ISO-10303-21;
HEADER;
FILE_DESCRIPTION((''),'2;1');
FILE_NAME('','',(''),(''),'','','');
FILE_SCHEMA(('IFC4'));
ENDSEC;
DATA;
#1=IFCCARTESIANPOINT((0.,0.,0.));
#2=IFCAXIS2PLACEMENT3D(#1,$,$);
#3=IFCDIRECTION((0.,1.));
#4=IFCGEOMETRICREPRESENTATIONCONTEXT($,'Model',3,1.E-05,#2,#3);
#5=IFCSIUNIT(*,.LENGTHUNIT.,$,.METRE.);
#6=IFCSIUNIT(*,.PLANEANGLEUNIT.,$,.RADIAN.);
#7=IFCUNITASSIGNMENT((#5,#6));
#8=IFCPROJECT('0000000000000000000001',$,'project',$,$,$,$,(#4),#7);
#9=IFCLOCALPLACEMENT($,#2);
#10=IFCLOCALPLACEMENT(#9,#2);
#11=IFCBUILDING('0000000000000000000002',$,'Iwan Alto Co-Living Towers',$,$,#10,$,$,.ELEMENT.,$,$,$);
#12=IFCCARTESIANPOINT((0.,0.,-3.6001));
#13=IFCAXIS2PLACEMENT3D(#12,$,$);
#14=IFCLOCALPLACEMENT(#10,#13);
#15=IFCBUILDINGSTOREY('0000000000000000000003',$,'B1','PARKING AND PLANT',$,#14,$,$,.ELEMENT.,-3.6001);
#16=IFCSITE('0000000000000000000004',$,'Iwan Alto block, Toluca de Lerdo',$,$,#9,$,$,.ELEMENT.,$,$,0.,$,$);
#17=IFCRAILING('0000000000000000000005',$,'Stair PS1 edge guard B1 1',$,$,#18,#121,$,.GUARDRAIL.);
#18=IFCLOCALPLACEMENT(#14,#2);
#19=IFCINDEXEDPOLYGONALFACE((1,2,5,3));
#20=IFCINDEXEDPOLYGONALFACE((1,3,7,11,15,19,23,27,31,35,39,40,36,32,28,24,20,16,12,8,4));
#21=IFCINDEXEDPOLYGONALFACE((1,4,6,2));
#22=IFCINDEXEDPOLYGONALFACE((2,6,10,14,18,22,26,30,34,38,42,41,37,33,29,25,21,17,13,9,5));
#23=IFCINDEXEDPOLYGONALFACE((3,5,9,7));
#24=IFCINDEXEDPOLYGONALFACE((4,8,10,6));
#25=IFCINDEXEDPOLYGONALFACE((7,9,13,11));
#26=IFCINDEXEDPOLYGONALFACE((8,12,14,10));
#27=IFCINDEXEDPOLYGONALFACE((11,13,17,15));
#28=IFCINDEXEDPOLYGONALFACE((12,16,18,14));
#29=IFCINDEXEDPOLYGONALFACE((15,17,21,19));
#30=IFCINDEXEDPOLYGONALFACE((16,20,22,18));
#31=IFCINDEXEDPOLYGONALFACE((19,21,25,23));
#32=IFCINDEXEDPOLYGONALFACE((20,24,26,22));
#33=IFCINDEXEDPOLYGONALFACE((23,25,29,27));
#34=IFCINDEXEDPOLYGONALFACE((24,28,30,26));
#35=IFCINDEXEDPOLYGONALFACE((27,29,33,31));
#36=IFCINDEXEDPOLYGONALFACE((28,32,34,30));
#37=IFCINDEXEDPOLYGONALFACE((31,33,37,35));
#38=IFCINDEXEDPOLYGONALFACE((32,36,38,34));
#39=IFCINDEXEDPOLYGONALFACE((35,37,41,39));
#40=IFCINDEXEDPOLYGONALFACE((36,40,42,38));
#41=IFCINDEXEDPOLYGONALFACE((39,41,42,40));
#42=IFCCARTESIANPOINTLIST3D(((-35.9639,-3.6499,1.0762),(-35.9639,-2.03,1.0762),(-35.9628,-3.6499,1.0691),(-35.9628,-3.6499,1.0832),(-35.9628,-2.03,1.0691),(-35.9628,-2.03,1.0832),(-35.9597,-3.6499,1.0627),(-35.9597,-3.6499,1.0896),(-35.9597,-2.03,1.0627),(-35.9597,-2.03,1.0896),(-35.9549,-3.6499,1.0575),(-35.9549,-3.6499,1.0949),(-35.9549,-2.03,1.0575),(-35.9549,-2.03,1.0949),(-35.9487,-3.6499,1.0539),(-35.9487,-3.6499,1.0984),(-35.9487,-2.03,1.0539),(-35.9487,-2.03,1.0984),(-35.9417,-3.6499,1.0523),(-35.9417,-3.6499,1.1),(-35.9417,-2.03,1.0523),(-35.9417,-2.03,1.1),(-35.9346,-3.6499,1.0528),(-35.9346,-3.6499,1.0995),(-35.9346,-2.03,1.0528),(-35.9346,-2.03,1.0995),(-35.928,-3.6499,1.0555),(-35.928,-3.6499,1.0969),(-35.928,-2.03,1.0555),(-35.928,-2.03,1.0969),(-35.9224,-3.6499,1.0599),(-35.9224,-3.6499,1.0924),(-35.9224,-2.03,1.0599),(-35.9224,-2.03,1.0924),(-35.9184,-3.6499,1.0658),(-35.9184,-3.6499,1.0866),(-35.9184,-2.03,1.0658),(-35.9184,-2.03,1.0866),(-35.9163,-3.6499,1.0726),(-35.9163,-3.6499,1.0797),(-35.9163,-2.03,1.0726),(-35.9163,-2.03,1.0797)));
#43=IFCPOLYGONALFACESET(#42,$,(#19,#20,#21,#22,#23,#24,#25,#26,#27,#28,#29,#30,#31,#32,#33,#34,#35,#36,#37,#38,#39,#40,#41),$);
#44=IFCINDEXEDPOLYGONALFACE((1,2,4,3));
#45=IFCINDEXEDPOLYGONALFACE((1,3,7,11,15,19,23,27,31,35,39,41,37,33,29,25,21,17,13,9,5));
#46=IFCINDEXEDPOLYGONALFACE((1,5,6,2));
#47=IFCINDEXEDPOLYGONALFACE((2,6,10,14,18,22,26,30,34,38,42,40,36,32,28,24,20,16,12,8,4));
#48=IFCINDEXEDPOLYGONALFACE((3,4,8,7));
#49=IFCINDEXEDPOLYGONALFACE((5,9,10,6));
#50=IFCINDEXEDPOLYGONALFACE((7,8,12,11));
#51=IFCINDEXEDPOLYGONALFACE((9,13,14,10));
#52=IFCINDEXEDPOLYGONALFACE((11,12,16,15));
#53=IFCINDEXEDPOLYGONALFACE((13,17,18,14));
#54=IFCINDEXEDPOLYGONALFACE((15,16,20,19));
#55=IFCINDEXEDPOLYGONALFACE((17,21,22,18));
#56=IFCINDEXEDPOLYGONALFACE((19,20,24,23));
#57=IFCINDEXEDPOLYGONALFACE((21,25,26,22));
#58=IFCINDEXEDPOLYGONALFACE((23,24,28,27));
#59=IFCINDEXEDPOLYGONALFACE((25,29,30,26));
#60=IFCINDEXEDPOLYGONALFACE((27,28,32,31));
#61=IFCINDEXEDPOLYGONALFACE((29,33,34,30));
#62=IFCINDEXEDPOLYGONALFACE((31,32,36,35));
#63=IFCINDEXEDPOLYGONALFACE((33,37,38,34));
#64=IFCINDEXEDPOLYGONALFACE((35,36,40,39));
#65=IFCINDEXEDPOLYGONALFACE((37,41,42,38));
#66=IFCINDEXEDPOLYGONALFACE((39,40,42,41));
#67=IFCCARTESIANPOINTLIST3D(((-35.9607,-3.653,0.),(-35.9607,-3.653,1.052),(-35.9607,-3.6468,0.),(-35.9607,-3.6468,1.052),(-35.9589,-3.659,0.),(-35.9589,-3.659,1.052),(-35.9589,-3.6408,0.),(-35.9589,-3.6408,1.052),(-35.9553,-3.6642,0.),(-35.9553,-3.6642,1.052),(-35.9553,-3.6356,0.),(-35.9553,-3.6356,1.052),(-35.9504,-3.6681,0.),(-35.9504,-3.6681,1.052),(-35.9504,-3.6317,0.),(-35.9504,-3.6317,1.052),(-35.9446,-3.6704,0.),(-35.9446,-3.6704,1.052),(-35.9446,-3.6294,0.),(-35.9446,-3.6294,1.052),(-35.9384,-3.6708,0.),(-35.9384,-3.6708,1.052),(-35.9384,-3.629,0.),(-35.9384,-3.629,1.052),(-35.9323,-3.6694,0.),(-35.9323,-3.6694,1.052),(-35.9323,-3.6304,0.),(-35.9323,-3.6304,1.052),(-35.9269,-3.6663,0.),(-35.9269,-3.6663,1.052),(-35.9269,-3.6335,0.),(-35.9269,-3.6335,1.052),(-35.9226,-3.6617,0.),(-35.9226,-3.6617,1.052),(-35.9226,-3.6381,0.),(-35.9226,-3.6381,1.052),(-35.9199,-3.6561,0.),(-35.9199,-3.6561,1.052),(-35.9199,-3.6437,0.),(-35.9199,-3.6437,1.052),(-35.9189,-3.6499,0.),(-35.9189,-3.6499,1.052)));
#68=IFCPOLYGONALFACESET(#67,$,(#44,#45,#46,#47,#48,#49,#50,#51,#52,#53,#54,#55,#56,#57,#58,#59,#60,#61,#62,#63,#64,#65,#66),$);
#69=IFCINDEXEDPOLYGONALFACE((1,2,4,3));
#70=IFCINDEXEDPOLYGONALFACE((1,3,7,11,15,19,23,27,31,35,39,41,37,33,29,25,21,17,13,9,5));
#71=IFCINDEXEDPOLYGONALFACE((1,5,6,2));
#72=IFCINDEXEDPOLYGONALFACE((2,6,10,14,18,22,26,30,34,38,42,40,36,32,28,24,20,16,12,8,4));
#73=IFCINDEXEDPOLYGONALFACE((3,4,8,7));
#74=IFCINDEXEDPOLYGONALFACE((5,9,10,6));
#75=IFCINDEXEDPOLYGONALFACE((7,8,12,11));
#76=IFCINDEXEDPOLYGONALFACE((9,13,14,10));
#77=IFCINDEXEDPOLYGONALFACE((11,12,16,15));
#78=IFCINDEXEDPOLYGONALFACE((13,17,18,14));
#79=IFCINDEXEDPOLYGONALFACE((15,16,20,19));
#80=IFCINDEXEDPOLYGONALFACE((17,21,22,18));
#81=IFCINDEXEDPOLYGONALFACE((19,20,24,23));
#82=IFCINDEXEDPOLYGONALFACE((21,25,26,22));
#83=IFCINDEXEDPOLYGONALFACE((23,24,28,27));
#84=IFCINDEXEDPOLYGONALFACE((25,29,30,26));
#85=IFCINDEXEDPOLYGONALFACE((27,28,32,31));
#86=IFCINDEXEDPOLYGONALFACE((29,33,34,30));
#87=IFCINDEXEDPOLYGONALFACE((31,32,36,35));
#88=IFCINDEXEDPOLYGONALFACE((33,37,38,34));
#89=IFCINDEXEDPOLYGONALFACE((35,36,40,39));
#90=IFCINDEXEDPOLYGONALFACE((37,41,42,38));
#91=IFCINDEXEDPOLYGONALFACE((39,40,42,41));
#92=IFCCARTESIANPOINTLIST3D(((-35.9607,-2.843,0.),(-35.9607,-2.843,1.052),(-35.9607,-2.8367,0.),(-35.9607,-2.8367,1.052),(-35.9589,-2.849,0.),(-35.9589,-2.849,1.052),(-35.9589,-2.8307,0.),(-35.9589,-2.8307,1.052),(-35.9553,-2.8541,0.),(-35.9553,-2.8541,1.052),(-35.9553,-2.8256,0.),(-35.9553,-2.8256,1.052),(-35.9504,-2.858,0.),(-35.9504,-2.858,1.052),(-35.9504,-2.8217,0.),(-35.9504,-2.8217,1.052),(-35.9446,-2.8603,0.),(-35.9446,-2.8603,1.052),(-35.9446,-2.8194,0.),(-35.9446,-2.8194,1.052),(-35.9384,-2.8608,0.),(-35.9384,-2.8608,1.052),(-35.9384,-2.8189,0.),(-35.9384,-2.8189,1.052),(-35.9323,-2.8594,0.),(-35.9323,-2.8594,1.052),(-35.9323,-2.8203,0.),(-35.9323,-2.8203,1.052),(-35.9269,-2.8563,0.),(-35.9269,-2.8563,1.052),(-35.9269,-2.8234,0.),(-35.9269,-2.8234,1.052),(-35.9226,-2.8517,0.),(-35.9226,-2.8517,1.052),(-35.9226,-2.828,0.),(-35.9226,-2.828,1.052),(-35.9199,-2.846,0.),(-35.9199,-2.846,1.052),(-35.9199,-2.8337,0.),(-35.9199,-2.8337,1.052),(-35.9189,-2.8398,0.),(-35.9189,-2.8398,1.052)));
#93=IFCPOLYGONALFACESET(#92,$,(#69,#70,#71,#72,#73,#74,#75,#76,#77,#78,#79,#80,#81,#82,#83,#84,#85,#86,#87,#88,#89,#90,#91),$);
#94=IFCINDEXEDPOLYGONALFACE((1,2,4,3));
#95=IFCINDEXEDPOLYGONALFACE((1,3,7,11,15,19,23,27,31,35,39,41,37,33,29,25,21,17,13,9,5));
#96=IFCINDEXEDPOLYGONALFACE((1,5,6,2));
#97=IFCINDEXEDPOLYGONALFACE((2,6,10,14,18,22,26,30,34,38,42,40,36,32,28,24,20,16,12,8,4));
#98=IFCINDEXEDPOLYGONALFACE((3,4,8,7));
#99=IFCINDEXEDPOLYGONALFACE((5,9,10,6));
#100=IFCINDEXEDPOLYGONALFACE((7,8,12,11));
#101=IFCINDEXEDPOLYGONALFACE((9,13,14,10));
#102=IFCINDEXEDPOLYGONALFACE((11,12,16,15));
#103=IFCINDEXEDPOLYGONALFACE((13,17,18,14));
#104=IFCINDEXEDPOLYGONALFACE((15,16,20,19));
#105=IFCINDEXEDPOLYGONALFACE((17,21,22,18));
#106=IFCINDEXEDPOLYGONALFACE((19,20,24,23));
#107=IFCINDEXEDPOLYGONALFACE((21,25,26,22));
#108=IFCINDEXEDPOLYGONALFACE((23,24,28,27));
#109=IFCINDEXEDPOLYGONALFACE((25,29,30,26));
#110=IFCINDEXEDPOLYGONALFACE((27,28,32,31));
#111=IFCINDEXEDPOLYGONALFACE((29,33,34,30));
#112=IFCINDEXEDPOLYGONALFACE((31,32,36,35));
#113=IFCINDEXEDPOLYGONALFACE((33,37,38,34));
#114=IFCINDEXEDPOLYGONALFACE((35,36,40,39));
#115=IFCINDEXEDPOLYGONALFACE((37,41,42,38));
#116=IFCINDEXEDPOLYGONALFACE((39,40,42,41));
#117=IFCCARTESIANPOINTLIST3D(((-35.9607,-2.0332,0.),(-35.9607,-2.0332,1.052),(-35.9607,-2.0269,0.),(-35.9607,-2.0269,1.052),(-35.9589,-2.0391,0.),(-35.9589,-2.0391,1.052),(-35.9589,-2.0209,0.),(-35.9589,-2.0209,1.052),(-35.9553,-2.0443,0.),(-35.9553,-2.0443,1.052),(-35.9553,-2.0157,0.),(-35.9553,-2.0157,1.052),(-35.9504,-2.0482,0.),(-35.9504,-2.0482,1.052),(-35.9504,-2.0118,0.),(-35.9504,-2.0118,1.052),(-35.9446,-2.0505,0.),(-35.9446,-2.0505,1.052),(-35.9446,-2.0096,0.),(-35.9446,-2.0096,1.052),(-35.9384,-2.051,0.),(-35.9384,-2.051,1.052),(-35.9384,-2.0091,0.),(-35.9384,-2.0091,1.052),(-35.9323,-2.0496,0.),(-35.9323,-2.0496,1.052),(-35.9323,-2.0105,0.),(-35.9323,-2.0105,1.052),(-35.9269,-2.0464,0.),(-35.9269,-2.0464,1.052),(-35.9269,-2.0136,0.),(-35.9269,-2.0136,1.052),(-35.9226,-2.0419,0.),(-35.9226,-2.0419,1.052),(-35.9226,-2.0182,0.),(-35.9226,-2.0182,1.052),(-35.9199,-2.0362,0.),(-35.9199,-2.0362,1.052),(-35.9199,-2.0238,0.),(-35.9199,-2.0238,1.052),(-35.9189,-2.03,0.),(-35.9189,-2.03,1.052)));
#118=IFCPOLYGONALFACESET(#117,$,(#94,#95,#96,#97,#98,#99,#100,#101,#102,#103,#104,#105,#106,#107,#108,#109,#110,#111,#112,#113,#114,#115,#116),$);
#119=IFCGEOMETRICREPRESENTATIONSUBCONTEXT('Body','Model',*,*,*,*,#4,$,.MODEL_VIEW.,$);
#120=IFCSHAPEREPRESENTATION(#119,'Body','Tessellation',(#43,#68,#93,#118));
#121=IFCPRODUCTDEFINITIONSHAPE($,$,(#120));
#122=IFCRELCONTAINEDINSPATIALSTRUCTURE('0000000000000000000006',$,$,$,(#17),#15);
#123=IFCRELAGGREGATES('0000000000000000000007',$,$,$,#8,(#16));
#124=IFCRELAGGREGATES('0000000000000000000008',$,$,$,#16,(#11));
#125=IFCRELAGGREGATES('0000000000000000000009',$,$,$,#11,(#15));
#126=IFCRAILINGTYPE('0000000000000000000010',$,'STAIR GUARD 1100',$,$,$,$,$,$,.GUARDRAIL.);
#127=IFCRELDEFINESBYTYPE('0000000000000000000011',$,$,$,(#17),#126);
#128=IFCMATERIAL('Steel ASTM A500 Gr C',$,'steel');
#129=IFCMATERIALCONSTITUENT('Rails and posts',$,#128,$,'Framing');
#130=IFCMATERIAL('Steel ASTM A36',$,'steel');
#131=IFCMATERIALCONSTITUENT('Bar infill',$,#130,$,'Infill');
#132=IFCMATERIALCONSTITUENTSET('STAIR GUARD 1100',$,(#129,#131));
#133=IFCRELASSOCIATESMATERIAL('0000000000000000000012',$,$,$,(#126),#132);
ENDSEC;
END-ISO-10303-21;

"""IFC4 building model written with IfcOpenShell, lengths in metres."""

from ifc_helpers import new_model, si_unit, direction, frame, origin, origin_2d, place, context, subcontext, project, spatial, circle, extrude, material, constituent, constituent_set, type_object, element, save


model = new_model("IFC4")

# Units and contexts
model_context = context("Model", 3, precision=1e-05, world=origin(), true_north=direction((0.0, 1.0)))
body_context = subcontext(model_context, "Body", "Model", "MODEL_VIEW")
ifc_project = project(units=[si_unit("LENGTHUNIT", "METRE"), si_unit("PLANEANGLEUNIT", "RADIAN")], contexts=[model_context])

# Site, building, storey
site_placement = place(None, origin())
site = spatial("IfcSite", under=ifc_project, at=site_placement, Name="Iwan Alto block, Toluca de Lerdo", CompositionType="ELEMENT", RefElevation=0.0)
building_placement = place(site_placement, origin())
building = spatial("IfcBuilding", under=site, at=building_placement, Name="Iwan Alto Co-Living Towers", CompositionType="ELEMENT")
storey_placement = place(building_placement, frame((0.0, 0.0, -3.6001)))
storey = spatial("IfcBuildingStorey", under=building, at=storey_placement, Name="B1", Description="PARKING AND PLANT", CompositionType="ELEMENT", Elevation=-3.6001)

# Shared definitions
ifc_material_1 = material(Name="Steel ASTM A36", Category="steel")

# Railing
ifc_material_2 = material(Name="Steel ASTM A500 Gr C", Category="steel")
ifc_constituent_1 = constituent(ifc_material_2, Name="Rails and posts", Category="Framing")
ifc_constituent_2 = constituent(ifc_material_1, Name="Bar infill", Category="Infill")
ifc_constituent_set_1 = constituent_set(constituents=[ifc_constituent_1, ifc_constituent_2], Name="STAIR GUARD 1100")
railing_type_1 = type_object("IfcRailingType", Name="STAIR GUARD 1100", PredefinedType="GUARDRAIL", material=ifc_constituent_set_1)
railing_1_placement = place(storey_placement, frame((-35.9399, -3.6499, 0.0)))
element("IfcRailing", 1, at=railing_1_placement, inside=storey, type_object=railing_type_1, Name="Stair PS1 edge guard B1 1", PredefinedType="GUARDRAIL", context=body_context, shape_type="SweptSolid", body=[
    extrude(circle(Radius=0.0239, at=origin_2d()), frame((0.0, 0.0, 1.0762), z_axis=(0.0, 1.0, 0.0), x_axis=(-1.0, 0.0, 0.0)), (0.0, 0.0, 1.0), 1.6199),
    extrude(circle(Radius=0.021, at=origin_2d()), origin(), (0.0, 0.0, 1.0), 1.052),
    extrude(circle(Radius=0.021, at=origin_2d()), frame((0.0, 0.8101, 0.0)), (0.0, 0.0, 1.0), 1.052),
    extrude(circle(Radius=0.021, at=origin_2d()), frame((0.0, 1.6199, 0.0)), (0.0, 0.0, 1.0), 1.052),
])

save(model, "model.ifc")
